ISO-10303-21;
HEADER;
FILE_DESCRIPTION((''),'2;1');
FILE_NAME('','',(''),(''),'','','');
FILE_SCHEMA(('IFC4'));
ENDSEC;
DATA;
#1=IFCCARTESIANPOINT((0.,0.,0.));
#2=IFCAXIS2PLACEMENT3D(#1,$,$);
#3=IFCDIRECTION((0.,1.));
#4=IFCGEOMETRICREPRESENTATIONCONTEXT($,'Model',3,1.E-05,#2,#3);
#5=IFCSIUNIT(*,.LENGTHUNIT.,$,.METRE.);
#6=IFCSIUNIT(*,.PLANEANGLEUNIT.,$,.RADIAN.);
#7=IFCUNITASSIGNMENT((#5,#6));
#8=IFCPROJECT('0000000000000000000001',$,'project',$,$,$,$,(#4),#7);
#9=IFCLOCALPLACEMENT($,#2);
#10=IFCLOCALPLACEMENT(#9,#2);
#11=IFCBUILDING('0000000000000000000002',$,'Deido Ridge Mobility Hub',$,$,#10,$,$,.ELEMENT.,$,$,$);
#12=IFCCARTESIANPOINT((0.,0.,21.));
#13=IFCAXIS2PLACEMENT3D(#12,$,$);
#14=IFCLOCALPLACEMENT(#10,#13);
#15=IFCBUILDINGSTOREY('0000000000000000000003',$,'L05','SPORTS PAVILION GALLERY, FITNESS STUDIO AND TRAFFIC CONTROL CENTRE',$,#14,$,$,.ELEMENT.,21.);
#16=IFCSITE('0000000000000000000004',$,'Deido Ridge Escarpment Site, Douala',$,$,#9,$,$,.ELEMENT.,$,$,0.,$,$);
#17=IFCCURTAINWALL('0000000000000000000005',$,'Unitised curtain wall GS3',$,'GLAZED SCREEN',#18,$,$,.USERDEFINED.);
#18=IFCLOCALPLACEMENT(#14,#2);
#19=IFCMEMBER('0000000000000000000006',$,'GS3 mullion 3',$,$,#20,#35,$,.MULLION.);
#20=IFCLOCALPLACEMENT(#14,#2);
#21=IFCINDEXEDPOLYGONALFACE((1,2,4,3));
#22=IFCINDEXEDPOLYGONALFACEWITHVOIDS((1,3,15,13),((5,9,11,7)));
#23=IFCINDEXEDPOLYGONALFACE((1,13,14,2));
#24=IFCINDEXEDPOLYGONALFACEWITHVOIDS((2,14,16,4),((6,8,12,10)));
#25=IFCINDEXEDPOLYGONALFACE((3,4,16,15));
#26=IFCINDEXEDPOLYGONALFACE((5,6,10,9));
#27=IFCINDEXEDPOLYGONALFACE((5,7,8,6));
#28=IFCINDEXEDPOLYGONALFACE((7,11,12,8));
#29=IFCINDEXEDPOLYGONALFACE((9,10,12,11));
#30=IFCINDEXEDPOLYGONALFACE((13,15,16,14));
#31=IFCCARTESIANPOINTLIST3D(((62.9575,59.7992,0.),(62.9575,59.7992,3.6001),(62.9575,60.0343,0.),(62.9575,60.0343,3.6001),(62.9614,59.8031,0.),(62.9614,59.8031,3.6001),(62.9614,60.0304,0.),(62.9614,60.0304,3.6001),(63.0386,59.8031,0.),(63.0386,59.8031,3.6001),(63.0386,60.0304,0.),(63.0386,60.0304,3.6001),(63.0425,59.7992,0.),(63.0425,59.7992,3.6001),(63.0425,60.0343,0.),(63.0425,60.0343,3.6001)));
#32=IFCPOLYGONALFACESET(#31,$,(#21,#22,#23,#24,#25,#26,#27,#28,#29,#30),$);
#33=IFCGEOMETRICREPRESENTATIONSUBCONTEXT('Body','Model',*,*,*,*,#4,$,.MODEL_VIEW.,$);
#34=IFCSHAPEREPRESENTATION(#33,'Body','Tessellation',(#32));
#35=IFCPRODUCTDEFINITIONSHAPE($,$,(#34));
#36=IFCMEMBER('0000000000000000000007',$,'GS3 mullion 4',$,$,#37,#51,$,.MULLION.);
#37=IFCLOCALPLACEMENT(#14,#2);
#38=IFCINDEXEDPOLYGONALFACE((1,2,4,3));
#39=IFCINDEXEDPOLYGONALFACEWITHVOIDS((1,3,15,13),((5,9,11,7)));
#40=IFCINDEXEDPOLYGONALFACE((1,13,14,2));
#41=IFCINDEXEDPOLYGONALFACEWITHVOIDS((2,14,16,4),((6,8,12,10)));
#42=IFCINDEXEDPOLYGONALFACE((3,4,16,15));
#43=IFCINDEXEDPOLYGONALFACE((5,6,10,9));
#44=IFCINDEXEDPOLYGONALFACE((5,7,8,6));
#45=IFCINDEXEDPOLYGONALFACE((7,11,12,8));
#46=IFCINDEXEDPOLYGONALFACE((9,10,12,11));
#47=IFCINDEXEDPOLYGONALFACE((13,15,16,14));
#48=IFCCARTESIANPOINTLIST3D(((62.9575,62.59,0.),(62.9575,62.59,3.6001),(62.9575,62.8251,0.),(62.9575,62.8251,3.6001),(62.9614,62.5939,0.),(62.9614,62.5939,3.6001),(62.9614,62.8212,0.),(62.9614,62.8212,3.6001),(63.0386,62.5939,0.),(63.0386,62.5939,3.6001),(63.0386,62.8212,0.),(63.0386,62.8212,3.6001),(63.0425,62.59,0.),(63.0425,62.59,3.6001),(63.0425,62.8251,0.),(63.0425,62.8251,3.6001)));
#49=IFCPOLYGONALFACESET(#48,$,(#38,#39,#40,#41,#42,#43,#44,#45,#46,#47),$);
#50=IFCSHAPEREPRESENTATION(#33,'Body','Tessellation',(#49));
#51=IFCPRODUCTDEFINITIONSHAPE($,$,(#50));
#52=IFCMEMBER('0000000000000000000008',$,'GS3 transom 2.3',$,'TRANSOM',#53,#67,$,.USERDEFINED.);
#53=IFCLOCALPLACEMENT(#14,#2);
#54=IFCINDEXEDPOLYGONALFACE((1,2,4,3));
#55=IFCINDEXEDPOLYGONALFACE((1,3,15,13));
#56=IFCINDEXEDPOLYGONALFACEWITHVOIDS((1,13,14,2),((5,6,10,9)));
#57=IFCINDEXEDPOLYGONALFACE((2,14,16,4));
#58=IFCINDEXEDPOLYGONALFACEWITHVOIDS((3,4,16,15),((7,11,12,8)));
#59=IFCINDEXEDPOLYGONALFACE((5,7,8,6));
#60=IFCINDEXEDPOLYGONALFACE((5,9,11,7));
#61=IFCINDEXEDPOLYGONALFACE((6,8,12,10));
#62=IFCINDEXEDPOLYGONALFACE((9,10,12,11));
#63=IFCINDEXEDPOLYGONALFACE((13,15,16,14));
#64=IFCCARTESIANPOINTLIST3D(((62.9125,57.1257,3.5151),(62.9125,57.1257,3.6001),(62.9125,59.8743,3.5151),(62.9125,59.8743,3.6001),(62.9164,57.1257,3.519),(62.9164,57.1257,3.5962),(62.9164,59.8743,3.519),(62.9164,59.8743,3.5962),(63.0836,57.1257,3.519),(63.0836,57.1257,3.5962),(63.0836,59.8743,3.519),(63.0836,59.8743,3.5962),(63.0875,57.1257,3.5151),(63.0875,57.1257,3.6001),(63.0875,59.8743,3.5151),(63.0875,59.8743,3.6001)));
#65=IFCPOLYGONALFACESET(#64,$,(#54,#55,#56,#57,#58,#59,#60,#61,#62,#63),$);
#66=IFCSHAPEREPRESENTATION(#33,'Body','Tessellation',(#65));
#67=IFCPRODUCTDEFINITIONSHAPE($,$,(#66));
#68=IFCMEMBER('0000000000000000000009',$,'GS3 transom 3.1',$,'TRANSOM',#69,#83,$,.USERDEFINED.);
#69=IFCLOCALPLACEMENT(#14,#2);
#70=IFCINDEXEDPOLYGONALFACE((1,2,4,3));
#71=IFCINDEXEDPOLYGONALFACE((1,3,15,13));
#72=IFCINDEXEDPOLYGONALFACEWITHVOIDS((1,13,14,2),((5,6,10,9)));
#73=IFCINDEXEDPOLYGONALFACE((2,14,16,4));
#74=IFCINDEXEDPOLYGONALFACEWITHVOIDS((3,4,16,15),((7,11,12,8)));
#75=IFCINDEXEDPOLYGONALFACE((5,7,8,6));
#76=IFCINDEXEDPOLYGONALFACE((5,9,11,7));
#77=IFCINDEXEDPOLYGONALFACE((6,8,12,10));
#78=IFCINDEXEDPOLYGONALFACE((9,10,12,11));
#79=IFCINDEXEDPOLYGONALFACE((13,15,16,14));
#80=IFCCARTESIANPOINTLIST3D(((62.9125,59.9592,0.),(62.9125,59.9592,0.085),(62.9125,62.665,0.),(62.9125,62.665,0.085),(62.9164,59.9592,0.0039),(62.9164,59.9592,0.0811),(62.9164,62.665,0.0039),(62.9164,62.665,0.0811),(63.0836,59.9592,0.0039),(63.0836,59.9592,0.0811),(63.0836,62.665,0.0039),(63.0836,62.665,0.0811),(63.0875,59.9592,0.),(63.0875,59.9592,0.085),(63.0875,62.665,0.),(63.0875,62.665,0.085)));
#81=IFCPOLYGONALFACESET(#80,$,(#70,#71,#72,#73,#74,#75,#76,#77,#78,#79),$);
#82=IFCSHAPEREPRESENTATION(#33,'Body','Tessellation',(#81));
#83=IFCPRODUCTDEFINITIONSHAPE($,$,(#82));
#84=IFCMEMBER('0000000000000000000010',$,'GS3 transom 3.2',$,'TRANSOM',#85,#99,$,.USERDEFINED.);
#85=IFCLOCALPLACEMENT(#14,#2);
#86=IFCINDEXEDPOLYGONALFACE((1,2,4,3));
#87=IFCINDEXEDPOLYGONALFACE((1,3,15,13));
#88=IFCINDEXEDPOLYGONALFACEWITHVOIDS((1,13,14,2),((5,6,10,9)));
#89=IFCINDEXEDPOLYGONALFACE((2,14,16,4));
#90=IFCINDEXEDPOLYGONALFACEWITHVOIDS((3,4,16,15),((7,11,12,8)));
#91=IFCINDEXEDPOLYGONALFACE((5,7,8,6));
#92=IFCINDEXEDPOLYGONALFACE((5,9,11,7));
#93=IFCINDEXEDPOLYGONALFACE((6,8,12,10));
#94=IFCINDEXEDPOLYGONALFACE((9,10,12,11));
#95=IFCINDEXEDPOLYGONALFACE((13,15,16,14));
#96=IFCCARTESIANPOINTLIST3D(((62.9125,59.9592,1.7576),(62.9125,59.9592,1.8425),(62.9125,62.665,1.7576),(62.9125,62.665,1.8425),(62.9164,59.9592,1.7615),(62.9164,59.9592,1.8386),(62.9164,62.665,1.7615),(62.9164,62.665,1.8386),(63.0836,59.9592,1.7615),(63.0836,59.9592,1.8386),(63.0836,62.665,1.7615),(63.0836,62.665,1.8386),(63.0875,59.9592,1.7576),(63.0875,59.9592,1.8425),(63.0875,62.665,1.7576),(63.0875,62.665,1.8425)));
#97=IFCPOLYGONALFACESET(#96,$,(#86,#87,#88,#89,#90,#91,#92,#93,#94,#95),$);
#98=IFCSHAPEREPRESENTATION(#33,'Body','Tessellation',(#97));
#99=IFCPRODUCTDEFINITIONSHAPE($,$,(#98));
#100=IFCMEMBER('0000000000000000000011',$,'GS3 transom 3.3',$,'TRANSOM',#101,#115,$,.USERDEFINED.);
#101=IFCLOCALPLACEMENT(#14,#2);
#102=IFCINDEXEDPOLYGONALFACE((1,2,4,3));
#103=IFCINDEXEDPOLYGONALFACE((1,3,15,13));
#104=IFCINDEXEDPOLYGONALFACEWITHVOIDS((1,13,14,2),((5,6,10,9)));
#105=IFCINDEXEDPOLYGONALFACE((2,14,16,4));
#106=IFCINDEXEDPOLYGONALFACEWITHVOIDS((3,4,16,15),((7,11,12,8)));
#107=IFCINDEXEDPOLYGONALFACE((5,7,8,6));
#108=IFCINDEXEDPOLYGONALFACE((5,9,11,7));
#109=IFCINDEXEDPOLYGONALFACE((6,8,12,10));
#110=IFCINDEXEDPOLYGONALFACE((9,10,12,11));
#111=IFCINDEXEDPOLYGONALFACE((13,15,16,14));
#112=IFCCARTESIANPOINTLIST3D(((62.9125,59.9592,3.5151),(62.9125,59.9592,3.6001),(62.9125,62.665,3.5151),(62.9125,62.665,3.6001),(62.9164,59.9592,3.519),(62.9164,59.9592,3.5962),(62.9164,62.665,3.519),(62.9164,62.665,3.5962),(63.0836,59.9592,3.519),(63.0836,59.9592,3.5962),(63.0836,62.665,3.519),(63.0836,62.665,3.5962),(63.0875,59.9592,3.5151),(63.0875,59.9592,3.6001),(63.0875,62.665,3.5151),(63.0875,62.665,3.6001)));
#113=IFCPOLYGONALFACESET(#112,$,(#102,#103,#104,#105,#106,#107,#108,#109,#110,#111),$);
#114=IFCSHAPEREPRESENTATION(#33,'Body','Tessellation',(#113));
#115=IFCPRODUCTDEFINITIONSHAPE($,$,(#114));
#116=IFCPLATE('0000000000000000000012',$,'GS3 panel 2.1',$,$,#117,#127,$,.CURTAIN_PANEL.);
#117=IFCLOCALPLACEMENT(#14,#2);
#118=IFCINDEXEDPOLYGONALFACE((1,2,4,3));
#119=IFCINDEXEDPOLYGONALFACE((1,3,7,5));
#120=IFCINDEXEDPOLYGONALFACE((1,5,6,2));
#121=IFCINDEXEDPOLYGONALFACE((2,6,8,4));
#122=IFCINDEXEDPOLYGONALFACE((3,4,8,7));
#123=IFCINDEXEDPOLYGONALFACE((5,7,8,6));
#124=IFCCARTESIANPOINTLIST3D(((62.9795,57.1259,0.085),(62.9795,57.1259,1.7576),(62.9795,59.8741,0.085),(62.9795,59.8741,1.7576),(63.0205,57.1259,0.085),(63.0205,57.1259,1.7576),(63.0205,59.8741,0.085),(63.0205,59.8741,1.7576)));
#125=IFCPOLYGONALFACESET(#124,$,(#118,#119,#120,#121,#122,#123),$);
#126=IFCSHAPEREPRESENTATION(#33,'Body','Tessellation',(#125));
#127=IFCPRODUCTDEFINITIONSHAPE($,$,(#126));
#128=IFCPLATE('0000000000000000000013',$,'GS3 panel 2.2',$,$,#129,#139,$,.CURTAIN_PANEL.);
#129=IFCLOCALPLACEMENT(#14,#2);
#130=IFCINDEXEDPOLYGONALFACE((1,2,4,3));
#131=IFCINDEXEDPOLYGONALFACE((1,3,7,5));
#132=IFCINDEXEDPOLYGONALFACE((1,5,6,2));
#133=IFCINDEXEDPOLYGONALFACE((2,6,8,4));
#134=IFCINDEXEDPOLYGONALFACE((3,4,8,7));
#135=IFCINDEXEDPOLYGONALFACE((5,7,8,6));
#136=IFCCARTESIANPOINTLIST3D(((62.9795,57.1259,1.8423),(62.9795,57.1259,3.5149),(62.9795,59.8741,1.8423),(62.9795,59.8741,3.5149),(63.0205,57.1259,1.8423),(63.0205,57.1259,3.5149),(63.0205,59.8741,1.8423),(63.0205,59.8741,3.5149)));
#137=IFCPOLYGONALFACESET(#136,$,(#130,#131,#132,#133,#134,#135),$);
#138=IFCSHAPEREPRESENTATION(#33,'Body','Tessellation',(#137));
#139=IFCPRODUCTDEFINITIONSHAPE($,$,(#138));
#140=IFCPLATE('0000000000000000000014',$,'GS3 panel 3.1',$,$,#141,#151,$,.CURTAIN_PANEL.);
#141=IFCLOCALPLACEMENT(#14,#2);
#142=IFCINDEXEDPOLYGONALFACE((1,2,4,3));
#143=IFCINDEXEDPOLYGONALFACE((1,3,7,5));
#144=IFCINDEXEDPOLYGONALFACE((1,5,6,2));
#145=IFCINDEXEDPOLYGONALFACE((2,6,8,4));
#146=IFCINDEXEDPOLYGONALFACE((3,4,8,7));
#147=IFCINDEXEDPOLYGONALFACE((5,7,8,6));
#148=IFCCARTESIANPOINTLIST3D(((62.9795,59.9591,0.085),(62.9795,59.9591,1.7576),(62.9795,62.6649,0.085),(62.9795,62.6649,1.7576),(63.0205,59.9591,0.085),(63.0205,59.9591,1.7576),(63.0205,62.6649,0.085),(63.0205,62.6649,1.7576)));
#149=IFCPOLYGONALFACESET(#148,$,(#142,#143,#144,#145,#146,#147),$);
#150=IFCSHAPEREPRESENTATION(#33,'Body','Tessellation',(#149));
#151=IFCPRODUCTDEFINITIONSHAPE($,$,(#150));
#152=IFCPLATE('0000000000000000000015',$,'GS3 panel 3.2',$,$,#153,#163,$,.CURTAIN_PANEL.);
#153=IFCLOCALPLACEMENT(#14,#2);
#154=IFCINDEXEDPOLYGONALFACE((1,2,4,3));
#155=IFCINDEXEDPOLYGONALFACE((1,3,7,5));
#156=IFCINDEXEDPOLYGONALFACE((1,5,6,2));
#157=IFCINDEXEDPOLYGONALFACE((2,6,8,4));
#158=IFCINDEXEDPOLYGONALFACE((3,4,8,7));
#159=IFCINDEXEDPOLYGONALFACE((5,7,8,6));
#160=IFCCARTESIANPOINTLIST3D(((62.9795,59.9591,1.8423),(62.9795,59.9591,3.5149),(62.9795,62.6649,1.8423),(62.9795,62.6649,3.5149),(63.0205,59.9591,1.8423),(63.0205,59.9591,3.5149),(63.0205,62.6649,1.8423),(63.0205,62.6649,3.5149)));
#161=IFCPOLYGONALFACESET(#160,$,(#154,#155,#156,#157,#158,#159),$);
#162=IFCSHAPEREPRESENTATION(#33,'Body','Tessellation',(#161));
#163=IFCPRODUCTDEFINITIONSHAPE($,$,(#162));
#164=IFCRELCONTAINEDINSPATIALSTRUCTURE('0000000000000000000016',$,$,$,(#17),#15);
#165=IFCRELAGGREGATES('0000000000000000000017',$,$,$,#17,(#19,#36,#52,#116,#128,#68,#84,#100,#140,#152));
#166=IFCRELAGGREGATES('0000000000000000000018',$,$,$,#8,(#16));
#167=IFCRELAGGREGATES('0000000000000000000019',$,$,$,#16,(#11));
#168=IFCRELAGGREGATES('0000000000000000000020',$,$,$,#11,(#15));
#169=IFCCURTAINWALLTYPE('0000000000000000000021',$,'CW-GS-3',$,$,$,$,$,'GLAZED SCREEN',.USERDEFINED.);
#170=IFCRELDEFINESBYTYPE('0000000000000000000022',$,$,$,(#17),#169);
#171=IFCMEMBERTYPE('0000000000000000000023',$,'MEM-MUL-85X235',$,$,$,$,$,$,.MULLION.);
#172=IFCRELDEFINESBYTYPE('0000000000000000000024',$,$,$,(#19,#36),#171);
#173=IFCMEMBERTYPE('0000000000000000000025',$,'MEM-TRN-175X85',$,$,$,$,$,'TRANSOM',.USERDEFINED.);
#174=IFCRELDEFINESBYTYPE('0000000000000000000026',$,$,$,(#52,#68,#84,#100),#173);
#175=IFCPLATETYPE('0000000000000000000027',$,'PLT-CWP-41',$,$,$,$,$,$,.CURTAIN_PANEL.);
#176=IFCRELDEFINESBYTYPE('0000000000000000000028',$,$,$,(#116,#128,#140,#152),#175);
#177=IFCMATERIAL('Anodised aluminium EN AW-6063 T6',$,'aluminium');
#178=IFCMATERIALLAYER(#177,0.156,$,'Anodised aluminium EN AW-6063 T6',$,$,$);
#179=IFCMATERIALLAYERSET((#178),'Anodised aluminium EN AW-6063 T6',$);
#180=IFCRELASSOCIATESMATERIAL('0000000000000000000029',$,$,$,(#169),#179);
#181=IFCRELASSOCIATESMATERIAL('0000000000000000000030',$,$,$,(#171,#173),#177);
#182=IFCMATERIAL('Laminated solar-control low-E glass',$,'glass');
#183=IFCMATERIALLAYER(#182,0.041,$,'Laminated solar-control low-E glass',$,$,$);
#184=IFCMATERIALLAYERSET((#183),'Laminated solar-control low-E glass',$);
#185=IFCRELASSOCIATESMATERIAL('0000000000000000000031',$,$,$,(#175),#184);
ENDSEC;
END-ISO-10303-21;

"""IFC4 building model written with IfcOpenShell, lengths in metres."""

from ifc_helpers import new_model, si_unit, direction, frame, origin, origin_2d, place, context, subcontext, project, spatial, rectangle, hollow_rectangle, extrude, material, layer, layer_set, material_profile, profile_set, type_object, element, aggregate, save


model = new_model("IFC4")

# Units and contexts
model_context = context("Model", 3, precision=1e-05, world=origin(), true_north=direction((0.0, 1.0)))
body_context = subcontext(model_context, "Body", "Model", "MODEL_VIEW")
ifc_project = project(units=[si_unit("LENGTHUNIT", "METRE"), si_unit("PLANEANGLEUNIT", "RADIAN")], contexts=[model_context])

# Site, building, storey
site_placement = place(None, origin())
site = spatial("IfcSite", under=ifc_project, at=site_placement, Name="Deido Ridge Escarpment Site, Douala", CompositionType="ELEMENT", RefElevation=0.0)
building_placement = place(site_placement, origin())
building = spatial("IfcBuilding", under=site, at=building_placement, Name="Deido Ridge Mobility Hub", CompositionType="ELEMENT")
storey_placement = place(building_placement, frame((0.0, 0.0, 21.0)))
storey = spatial("IfcBuildingStorey", under=building, at=storey_placement, Name="L05", Description="SPORTS PAVILION GALLERY, FITNESS STUDIO AND TRAFFIC CONTROL CENTRE", CompositionType="ELEMENT", Elevation=21.0)

# Curtain wall, members, plates
ifc_material_1 = material(Name="Anodised aluminium EN AW-6063 T6", Category="aluminium")
ifc_layer_1 = layer(ifc_material_1, 0.156, Name="Anodised aluminium EN AW-6063 T6")
ifc_layer_set_1 = layer_set([ifc_layer_1], Name="Anodised aluminium EN AW-6063 T6")
curtain_wall_type = type_object("IfcCurtainWallType", Name="CW-GS-3", ElementType="GLAZED SCREEN", PredefinedType="USERDEFINED", material=ifc_layer_set_1)
curtain_wall_placement = place(storey_placement, origin())
curtain_wall = element("IfcCurtainWall", 1, at=curtain_wall_placement, inside=storey, type_object=curtain_wall_type, Name="Unitised curtain wall GS3", ObjectType="GLAZED SCREEN", PredefinedType="USERDEFINED")
ifc_material_profile_1 = material_profile(ifc_material_1, hollow_rectangle(XDim=0.085, YDim=0.2351, WallThickness=0.0039, at=origin_2d()), Name="RHS 85x235x4")
ifc_profile_set_1 = profile_set([ifc_material_profile_1], Name="Anodised aluminium EN AW-6063 T6")
member_type_1 = type_object("IfcMemberType", Name="MEM-MUL-85X235", PredefinedType="MULLION", material=ifc_profile_set_1)
member_1_placement = place(storey_placement, frame((63.0, 59.9167, 0.0), z_axis=(0.0, 0.0, 1.0), x_axis=(-1.0, 0.0, 0.0)))
member_1 = element("IfcMember", 2, at=member_1_placement, type_object=member_type_1, Name="GS3 mullion 3", PredefinedType="MULLION", context=body_context, shape_type="SweptSolid", body=[
    extrude(hollow_rectangle(XDim=0.085, YDim=0.2351, WallThickness=0.0039, at=origin_2d()), origin(), (0.0, 0.0, 1.0), 3.6001),
])
member_2_placement = place(storey_placement, frame((63.0, 62.7075, 0.0), z_axis=(0.0, 0.0, 1.0), x_axis=(-1.0, 0.0, 0.0)))
member_2 = element("IfcMember", 3, at=member_2_placement, type_object=member_type_1, Name="GS3 mullion 4", PredefinedType="MULLION", context=body_context, shape_type="SweptSolid", body=[
    extrude(hollow_rectangle(XDim=0.085, YDim=0.2351, WallThickness=0.0039, at=origin_2d()), origin(), (0.0, 0.0, 1.0), 3.6001),
])
ifc_material_profile_2 = material_profile(ifc_material_1, hollow_rectangle(XDim=0.175, YDim=0.085, WallThickness=0.0039, at=origin_2d()), Name="RHS 175x85x4")
ifc_profile_set_2 = profile_set([ifc_material_profile_2], Name="Anodised aluminium EN AW-6063 T6")
member_type_2 = type_object("IfcMemberType", Name="MEM-TRN-175X85", ElementType="TRANSOM", PredefinedType="USERDEFINED", material=ifc_profile_set_2)
member_3_placement = place(storey_placement, frame((63.0, 57.1257, 3.5576), z_axis=(0.0, 1.0, 0.0), x_axis=(-1.0, 0.0, 0.0)))
member_3 = element("IfcMember", 4, at=member_3_placement, type_object=member_type_2, Name="GS3 transom 2.3", ObjectType="TRANSOM", PredefinedType="USERDEFINED", context=body_context, shape_type="SweptSolid", body=[
    extrude(hollow_rectangle(XDim=0.175, YDim=0.085, WallThickness=0.0039, at=origin_2d()), origin(), (0.0, 0.0, 1.0), 2.7485),
])
member_4_placement = place(storey_placement, frame((63.0, 59.9592, 0.0425), z_axis=(0.0, 1.0, 0.0), x_axis=(-1.0, 0.0, 0.0)))
member_4 = element("IfcMember", 5, at=member_4_placement, type_object=member_type_2, Name="GS3 transom 3.1", ObjectType="TRANSOM", PredefinedType="USERDEFINED", context=body_context, shape_type="SweptSolid", body=[
    extrude(hollow_rectangle(XDim=0.175, YDim=0.085, WallThickness=0.0039, at=origin_2d()), origin(), (0.0, 0.0, 1.0), 2.7058),
])
member_5_placement = place(storey_placement, frame((63.0, 59.9592, 1.8), z_axis=(0.0, 1.0, 0.0), x_axis=(-1.0, 0.0, 0.0)))
member_5 = element("IfcMember", 6, at=member_5_placement, type_object=member_type_2, Name="GS3 transom 3.2", ObjectType="TRANSOM", PredefinedType="USERDEFINED", context=body_context, shape_type="SweptSolid", body=[
    extrude(hollow_rectangle(XDim=0.175, YDim=0.085, WallThickness=0.0039, at=origin_2d()), origin(), (0.0, 0.0, 1.0), 2.7058),
])
member_6_placement = place(storey_placement, frame((63.0, 59.9592, 3.5576), z_axis=(0.0, 1.0, 0.0), x_axis=(-1.0, 0.0, 0.0)))
member_6 = element("IfcMember", 7, at=member_6_placement, type_object=member_type_2, Name="GS3 transom 3.3", ObjectType="TRANSOM", PredefinedType="USERDEFINED", context=body_context, shape_type="SweptSolid", body=[
    extrude(hollow_rectangle(XDim=0.175, YDim=0.085, WallThickness=0.0039, at=origin_2d()), origin(), (0.0, 0.0, 1.0), 2.7058),
])
ifc_material_2 = material(Name="Laminated solar-control low-E glass", Category="glass")
ifc_layer_2 = layer(ifc_material_2, 0.041, Name="Laminated solar-control low-E glass")
ifc_layer_set_2 = layer_set([ifc_layer_2], Name="Laminated solar-control low-E glass")
plate_type = type_object("IfcPlateType", Name="PLT-CWP-41", PredefinedType="CURTAIN_PANEL", material=ifc_layer_set_2)
plate_1_placement = place(storey_placement, frame((63.0, 58.5, 0.085), z_axis=(0.0, 0.0, 1.0), x_axis=(0.0, 1.0, 0.0)))
plate_1 = element("IfcPlate", 8, at=plate_1_placement, type_object=plate_type, Name="GS3 panel 2.1", PredefinedType="CURTAIN_PANEL", context=body_context, shape_type="SweptSolid", body=[
    extrude(rectangle(XDim=2.7483, YDim=0.041, at=origin_2d()), origin(), (0.0, 0.0, 1.0), 1.6726),
])
plate_2_placement = place(storey_placement, frame((63.0, 58.5, 1.8423), z_axis=(0.0, 0.0, 1.0), x_axis=(0.0, 1.0, 0.0)))
plate_2 = element("IfcPlate", 9, at=plate_2_placement, type_object=plate_type, Name="GS3 panel 2.2", PredefinedType="CURTAIN_PANEL", context=body_context, shape_type="SweptSolid", body=[
    extrude(rectangle(XDim=2.7483, YDim=0.041, at=origin_2d()), origin(), (0.0, 0.0, 1.0), 1.6726),
])
plate_3_placement = place(storey_placement, frame((63.0, 61.312, 0.085), z_axis=(0.0, 0.0, 1.0), x_axis=(0.0, 1.0, 0.0)))
plate_3 = element("IfcPlate", 10, at=plate_3_placement, type_object=plate_type, Name="GS3 panel 3.1", PredefinedType="CURTAIN_PANEL", context=body_context, shape_type="SweptSolid", body=[
    extrude(rectangle(XDim=2.7058, YDim=0.041, at=origin_2d()), origin(), (0.0, 0.0, 1.0), 1.6726),
])
plate_4_placement = place(storey_placement, frame((63.0, 61.312, 1.8423), z_axis=(0.0, 0.0, 1.0), x_axis=(0.0, 1.0, 0.0)))
plate_4 = element("IfcPlate", 11, at=plate_4_placement, type_object=plate_type, Name="GS3 panel 3.2", PredefinedType="CURTAIN_PANEL", context=body_context, shape_type="SweptSolid", body=[
    extrude(rectangle(XDim=2.7058, YDim=0.041, at=origin_2d()), origin(), (0.0, 0.0, 1.0), 1.6726),
])
aggregate(curtain_wall, [member_1, member_2, member_3, plate_1, plate_2, member_4, member_5, member_6, plate_3, plate_4])

save(model, "model.ifc")
